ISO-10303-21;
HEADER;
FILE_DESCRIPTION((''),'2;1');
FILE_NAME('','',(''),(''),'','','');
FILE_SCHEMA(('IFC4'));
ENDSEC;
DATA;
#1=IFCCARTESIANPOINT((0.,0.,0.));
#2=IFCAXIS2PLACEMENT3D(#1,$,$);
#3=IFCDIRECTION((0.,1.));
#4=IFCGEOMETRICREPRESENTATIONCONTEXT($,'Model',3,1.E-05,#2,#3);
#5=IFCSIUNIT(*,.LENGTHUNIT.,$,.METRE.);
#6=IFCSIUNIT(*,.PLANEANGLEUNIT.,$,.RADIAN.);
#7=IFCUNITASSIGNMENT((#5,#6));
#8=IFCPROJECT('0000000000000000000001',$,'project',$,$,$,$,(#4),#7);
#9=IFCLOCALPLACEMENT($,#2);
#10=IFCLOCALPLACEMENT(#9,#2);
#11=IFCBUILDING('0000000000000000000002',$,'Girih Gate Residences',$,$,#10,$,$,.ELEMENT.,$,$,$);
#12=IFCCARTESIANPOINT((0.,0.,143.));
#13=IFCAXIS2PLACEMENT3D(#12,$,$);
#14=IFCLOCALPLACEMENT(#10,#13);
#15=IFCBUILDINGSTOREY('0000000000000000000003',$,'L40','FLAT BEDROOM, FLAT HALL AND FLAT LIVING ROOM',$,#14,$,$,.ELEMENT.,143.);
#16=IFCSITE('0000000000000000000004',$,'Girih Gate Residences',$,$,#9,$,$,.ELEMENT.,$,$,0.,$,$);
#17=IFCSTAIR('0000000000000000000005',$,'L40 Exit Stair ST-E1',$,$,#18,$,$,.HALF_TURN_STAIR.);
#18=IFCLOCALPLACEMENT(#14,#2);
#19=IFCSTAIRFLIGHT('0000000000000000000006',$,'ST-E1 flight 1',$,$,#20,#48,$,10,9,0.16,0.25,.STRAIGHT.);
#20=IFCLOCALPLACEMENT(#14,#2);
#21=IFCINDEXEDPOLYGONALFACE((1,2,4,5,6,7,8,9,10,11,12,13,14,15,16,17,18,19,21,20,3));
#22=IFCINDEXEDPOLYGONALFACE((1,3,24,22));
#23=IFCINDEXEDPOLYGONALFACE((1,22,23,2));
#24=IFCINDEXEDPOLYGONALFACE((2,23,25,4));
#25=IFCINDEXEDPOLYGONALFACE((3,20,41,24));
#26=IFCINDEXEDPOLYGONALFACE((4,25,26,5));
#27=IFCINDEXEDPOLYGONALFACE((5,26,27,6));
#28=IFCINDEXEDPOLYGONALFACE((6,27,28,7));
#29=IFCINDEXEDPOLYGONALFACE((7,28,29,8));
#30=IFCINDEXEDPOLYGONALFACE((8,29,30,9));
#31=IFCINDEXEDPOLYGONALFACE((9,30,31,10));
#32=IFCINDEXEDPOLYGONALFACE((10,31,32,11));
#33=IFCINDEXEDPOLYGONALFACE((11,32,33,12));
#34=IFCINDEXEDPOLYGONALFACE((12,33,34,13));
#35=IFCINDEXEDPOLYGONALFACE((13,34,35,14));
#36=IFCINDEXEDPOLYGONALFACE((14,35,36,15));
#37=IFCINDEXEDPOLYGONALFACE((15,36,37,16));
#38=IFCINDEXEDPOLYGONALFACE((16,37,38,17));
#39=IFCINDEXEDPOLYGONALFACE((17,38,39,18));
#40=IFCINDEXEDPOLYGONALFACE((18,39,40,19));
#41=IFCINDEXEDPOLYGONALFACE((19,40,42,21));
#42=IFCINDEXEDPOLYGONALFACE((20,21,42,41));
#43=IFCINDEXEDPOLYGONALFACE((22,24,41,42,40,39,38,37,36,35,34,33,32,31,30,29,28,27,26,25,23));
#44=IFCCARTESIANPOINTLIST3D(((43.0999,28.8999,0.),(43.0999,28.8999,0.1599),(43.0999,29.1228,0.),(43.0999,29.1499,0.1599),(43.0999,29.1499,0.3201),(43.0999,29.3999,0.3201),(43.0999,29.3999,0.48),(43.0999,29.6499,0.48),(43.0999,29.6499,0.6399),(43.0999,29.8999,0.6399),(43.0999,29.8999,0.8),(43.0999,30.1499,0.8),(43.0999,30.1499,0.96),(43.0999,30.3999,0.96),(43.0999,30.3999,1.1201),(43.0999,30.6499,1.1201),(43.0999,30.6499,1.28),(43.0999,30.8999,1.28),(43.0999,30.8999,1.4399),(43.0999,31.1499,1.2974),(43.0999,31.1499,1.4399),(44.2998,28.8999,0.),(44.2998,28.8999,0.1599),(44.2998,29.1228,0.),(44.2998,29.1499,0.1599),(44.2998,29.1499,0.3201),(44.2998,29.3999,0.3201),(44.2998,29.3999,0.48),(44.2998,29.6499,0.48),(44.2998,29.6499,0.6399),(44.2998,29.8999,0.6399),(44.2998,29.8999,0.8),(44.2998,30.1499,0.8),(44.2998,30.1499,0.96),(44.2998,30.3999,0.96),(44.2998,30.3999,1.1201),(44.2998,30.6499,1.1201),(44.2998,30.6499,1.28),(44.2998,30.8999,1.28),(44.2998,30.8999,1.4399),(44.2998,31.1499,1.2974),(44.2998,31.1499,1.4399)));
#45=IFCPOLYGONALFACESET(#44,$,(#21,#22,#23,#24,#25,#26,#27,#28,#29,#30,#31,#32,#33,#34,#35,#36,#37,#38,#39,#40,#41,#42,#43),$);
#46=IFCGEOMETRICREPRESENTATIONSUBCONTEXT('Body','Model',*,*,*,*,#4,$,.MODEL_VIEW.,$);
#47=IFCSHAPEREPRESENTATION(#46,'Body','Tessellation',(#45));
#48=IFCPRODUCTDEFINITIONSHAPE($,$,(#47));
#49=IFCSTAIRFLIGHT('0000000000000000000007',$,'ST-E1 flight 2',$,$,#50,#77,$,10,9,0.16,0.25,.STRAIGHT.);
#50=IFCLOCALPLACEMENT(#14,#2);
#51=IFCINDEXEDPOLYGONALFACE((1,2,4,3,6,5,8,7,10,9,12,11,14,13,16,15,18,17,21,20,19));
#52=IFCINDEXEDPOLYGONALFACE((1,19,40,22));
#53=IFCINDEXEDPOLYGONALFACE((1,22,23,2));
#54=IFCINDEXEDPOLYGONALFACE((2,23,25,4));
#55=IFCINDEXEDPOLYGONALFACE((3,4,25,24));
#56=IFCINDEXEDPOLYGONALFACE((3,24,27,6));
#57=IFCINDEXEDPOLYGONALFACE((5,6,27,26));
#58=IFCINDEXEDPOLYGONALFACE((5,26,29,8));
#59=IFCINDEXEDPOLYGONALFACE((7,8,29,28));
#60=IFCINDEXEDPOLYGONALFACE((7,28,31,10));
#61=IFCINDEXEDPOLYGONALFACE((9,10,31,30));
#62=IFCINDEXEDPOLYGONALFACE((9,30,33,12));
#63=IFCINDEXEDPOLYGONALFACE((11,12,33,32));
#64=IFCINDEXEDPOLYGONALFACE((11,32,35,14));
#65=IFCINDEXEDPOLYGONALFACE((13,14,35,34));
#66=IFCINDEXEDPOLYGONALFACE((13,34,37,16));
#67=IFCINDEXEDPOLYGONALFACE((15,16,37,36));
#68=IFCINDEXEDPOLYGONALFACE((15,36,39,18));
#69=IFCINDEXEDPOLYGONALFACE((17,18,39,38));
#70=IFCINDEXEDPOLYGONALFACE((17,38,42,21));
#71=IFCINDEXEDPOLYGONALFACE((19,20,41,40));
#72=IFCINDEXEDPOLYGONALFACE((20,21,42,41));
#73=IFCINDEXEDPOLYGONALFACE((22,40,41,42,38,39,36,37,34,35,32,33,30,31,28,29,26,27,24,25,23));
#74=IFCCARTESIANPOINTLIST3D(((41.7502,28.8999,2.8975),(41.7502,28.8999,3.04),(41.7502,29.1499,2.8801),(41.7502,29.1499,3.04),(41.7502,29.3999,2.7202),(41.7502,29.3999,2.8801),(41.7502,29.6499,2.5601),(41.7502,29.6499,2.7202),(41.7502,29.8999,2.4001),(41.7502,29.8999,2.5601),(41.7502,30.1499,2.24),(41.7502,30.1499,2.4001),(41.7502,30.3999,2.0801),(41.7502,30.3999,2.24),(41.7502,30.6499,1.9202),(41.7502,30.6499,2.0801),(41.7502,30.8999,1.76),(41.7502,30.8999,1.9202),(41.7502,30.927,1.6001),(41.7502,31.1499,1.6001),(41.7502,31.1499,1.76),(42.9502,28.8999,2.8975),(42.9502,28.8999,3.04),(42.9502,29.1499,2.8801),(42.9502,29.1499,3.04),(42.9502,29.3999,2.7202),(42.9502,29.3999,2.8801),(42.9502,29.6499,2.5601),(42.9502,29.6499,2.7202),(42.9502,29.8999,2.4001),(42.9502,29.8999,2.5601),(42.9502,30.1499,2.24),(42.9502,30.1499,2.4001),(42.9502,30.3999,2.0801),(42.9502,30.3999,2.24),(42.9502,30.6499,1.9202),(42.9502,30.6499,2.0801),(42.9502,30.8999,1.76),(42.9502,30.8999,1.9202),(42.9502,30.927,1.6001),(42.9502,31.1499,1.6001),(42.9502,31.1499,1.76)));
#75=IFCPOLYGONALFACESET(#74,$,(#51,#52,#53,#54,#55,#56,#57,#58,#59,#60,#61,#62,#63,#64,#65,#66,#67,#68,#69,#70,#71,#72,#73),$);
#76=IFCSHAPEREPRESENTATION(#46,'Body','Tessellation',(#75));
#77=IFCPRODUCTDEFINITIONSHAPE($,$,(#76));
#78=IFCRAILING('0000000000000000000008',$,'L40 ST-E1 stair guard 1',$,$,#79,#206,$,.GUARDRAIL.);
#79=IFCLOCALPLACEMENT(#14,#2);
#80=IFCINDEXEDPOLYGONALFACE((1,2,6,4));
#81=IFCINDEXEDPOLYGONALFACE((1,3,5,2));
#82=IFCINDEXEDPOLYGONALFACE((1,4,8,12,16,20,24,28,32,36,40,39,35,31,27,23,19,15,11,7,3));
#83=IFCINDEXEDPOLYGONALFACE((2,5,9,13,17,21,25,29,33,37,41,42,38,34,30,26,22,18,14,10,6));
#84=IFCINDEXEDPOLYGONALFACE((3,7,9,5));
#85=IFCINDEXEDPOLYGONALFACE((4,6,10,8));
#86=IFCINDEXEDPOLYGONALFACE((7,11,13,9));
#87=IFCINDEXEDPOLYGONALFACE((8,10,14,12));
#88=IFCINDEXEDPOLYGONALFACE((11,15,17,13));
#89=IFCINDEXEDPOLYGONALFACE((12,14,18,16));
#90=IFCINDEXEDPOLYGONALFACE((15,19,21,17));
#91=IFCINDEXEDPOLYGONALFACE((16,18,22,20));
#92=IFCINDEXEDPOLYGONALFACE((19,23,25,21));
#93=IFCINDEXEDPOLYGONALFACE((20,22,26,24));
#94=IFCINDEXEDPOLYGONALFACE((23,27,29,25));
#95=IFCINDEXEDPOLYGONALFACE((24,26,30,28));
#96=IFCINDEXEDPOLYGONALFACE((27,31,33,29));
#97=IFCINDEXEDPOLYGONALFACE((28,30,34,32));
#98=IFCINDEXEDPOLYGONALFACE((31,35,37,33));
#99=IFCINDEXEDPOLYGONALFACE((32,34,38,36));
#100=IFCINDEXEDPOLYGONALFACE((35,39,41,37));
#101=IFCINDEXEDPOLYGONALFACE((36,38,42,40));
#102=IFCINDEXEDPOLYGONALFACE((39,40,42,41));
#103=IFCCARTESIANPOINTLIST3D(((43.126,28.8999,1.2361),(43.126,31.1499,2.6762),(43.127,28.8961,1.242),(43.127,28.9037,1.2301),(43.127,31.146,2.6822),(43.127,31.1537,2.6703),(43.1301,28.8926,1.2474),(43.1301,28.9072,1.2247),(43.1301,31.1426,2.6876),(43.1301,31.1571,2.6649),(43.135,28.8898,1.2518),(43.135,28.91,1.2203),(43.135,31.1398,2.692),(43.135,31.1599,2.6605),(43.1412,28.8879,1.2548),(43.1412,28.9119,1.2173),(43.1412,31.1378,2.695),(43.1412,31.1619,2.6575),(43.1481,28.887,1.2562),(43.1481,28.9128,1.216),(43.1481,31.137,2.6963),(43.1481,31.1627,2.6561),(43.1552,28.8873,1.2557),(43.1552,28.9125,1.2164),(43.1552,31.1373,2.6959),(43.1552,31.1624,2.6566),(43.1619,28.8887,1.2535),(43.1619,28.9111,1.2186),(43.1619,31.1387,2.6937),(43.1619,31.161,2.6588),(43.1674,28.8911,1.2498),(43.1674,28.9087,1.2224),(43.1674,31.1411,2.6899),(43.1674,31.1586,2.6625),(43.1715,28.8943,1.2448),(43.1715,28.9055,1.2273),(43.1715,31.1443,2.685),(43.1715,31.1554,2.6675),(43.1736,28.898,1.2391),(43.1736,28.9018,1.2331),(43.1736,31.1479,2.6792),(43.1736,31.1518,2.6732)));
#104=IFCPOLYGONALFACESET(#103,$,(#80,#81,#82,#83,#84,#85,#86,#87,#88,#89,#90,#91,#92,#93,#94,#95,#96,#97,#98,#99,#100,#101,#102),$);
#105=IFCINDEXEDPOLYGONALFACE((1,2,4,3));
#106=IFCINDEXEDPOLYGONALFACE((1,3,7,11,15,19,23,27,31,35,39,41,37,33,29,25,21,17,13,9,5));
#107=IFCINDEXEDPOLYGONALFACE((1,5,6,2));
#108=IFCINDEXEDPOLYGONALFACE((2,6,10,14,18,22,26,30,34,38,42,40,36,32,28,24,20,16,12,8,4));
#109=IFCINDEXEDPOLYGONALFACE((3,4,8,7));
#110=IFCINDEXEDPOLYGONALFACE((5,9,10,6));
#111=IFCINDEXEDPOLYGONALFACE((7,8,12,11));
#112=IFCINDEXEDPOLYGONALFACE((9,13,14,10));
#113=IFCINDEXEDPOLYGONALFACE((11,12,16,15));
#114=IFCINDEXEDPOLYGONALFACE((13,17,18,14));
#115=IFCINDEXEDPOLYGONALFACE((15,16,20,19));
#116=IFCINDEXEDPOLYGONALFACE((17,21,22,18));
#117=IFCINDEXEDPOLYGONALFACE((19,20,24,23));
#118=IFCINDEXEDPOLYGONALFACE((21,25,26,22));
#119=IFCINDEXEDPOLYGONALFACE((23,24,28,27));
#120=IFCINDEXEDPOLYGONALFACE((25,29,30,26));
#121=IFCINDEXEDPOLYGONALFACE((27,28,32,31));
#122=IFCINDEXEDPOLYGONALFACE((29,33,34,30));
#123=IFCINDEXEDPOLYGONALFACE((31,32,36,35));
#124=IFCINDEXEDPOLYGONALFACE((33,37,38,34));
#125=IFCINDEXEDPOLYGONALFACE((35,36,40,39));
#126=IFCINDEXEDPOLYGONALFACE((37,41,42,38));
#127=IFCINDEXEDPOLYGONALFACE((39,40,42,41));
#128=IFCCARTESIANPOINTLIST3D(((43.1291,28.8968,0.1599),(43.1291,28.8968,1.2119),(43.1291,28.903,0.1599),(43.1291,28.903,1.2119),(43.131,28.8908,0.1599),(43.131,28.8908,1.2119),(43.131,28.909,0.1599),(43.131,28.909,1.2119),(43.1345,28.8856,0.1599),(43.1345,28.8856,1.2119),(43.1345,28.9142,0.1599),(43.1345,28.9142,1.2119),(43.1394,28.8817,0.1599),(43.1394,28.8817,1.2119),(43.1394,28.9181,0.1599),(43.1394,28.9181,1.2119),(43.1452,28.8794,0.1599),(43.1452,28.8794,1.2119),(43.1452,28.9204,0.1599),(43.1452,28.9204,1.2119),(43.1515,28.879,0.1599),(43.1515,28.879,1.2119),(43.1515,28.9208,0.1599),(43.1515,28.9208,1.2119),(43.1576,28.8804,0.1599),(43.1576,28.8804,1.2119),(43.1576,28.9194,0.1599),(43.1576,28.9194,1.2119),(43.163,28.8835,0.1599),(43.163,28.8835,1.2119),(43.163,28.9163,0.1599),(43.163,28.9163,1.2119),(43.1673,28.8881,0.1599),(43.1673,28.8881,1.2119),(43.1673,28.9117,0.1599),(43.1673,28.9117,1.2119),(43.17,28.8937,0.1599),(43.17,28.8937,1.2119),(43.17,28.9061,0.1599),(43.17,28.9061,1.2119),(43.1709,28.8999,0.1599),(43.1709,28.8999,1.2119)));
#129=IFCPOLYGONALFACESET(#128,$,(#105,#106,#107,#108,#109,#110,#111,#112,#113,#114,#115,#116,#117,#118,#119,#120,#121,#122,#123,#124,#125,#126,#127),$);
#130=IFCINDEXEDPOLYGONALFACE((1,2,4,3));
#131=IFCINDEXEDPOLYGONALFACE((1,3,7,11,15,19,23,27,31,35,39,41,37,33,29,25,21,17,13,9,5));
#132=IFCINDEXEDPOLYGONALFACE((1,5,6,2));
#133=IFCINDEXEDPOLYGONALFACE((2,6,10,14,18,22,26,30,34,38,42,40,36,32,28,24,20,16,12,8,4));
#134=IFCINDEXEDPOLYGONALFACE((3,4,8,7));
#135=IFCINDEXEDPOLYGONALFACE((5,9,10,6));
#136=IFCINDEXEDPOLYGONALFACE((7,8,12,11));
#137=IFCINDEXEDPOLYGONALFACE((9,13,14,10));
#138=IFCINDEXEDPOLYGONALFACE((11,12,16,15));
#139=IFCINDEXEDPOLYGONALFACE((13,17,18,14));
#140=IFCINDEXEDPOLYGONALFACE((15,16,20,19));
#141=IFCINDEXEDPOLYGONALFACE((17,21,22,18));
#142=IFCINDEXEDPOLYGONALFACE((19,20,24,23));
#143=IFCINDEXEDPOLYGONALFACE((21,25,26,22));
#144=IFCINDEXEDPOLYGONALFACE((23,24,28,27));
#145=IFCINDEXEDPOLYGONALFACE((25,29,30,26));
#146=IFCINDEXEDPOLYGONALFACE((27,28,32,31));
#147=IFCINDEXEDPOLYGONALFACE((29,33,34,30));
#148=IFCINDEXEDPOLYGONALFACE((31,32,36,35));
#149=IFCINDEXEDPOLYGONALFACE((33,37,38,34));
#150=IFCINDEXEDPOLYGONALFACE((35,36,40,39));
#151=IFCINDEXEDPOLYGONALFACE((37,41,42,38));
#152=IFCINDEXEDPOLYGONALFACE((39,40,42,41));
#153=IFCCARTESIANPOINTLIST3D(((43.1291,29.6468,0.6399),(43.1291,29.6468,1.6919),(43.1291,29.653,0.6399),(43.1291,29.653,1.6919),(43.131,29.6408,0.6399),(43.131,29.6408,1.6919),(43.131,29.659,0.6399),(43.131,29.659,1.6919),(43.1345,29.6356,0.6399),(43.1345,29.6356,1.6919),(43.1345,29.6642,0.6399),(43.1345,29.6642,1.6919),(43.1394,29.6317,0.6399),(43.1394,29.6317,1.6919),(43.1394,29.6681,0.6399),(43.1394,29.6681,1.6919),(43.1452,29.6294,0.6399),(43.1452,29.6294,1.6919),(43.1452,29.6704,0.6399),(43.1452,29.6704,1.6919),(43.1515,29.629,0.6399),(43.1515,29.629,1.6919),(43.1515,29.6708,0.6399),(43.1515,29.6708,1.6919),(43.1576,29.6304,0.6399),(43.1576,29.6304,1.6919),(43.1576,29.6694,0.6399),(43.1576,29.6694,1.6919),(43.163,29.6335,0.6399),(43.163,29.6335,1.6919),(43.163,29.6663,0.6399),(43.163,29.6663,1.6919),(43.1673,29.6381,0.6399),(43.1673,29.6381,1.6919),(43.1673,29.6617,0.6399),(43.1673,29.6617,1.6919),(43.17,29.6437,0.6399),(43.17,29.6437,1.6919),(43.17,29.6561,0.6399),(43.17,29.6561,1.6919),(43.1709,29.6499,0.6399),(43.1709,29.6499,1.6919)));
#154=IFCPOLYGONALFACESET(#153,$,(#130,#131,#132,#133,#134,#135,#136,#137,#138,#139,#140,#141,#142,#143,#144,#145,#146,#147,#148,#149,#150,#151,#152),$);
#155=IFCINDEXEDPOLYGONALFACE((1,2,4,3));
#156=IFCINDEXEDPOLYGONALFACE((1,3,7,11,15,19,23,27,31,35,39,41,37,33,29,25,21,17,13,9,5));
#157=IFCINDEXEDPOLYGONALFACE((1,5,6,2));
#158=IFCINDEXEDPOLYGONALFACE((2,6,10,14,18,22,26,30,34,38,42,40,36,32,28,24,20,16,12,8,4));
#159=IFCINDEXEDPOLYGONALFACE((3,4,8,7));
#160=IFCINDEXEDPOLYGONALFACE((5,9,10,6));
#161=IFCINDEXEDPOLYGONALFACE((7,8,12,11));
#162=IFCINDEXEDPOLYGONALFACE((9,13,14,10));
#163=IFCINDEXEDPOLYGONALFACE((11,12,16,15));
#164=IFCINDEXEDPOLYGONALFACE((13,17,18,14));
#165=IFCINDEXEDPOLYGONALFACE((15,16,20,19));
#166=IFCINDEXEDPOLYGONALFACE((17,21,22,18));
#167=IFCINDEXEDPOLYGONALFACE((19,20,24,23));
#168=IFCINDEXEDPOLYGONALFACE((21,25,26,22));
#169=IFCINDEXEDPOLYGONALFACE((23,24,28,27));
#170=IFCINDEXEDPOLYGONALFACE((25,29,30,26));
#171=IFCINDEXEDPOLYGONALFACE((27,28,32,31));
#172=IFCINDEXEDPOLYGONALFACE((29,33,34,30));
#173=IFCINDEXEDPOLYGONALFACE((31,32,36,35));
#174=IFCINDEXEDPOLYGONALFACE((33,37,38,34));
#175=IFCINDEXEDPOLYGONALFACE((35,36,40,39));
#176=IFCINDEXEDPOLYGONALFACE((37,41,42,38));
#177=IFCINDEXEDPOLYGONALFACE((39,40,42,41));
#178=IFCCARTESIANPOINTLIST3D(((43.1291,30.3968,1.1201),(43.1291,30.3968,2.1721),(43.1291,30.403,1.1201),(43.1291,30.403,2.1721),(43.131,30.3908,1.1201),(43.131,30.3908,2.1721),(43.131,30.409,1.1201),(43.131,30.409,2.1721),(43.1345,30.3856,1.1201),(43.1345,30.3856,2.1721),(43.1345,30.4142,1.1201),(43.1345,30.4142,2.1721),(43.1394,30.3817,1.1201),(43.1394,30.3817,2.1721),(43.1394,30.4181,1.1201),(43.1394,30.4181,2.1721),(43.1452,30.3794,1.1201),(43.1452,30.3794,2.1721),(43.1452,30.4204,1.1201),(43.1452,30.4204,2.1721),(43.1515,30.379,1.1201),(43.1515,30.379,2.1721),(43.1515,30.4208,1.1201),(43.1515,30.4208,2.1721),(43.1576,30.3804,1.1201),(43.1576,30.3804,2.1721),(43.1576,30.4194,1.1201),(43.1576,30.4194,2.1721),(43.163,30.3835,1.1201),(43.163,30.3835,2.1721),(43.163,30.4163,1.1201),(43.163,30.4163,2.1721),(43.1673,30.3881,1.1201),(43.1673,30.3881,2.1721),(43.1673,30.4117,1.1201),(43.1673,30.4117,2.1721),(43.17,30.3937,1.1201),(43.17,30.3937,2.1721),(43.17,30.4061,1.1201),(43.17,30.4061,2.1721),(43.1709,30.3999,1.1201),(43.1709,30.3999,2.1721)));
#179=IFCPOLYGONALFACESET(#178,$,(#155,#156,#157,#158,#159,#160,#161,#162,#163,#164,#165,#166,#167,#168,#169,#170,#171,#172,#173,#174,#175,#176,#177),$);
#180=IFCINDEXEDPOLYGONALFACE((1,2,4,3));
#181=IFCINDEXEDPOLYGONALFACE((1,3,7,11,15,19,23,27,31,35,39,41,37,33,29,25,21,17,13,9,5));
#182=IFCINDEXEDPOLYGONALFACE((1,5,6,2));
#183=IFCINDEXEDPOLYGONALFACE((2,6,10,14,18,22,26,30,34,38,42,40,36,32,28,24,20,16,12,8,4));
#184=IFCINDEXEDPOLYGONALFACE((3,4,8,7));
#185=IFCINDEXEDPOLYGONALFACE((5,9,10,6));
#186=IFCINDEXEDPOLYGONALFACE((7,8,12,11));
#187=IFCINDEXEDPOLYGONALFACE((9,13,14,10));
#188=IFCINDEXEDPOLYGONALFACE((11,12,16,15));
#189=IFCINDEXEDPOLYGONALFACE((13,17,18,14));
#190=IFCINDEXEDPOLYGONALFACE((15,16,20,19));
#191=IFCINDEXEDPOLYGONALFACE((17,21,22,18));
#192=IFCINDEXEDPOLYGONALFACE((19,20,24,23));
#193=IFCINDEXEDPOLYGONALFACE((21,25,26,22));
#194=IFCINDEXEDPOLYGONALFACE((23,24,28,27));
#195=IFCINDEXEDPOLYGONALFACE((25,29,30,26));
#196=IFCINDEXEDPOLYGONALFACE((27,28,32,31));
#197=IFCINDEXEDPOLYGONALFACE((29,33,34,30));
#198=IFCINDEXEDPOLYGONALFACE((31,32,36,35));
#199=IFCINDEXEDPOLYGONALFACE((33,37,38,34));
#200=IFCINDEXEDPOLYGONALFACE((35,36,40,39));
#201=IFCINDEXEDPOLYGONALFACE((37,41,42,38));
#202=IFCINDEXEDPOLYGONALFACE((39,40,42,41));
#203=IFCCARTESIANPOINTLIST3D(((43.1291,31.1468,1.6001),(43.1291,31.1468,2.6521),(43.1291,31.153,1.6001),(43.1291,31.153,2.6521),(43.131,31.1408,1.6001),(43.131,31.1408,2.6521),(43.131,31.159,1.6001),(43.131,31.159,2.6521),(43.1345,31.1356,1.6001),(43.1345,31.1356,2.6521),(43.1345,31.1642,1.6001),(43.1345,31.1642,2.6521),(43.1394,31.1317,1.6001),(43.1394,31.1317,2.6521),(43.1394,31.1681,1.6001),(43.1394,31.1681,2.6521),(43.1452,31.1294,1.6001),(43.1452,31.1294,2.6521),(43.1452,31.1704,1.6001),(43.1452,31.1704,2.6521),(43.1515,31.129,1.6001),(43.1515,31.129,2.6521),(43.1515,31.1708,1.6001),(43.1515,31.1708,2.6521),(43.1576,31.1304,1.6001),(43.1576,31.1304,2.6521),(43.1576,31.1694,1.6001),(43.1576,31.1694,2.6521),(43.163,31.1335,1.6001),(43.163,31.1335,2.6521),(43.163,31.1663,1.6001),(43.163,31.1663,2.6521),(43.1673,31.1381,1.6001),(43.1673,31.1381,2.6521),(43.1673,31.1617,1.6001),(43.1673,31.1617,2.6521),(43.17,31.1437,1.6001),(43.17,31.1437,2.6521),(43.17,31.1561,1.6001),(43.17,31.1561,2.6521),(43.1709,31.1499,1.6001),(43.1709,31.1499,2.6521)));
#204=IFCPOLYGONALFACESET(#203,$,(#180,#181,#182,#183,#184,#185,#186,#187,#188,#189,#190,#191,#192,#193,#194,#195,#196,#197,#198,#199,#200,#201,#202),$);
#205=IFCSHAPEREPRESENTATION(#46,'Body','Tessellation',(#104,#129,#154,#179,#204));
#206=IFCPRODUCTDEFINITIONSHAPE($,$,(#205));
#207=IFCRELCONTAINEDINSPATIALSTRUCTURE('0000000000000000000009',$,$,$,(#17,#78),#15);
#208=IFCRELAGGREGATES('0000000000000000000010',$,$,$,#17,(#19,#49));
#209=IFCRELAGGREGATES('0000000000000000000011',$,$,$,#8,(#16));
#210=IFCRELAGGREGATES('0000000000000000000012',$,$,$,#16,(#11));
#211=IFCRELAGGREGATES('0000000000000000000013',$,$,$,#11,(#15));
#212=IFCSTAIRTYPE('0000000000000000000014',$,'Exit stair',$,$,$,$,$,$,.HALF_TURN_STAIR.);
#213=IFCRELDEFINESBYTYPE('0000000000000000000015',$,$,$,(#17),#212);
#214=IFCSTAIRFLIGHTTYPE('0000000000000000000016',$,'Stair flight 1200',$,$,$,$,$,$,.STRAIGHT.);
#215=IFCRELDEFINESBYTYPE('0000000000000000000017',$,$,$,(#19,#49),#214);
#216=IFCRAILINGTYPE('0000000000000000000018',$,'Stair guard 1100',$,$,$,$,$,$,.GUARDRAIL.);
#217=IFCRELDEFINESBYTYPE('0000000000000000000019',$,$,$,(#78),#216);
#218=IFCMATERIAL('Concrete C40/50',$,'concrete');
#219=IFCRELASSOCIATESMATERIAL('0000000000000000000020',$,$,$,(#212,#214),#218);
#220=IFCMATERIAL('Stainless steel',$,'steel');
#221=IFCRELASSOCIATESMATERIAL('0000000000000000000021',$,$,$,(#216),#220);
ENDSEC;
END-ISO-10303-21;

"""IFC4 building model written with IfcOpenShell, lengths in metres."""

from ifc_helpers import new_model, si_unit, direction, frame, origin, origin_2d, place, context, subcontext, project, spatial, polyline, circle, outline, extrude, material, type_object, element, aggregate, save


model = new_model("IFC4")

# Units and contexts
model_context = context("Model", 3, precision=1e-05, world=origin(), true_north=direction((0.0, 1.0)))
body_context = subcontext(model_context, "Body", "Model", "MODEL_VIEW")
ifc_project = project(units=[si_unit("LENGTHUNIT", "METRE"), si_unit("PLANEANGLEUNIT", "RADIAN")], contexts=[model_context])

# Site, building, storey
site_placement = place(None, origin())
site = spatial("IfcSite", under=ifc_project, at=site_placement, Name="Girih Gate Residences", CompositionType="ELEMENT", RefElevation=0.0)
building_placement = place(site_placement, origin())
building = spatial("IfcBuilding", under=site, at=building_placement, Name="Girih Gate Residences", CompositionType="ELEMENT")
storey_placement = place(building_placement, frame((0.0, 0.0, 143.0)))
storey = spatial("IfcBuildingStorey", under=building, at=storey_placement, Name="L40", Description="FLAT BEDROOM, FLAT HALL AND FLAT LIVING ROOM", CompositionType="ELEMENT", Elevation=143.0)

# Shared definitions
ifc_material_1 = material(Name="Concrete C40/50", Category="concrete")

# Stair, stair flights
stair_type = type_object("IfcStairType", Name="Exit stair", PredefinedType="HALF_TURN_STAIR", material=ifc_material_1)
stair_placement = place(storey_placement, origin())
stair = element("IfcStair", 1, at=stair_placement, inside=storey, type_object=stair_type, Name="L40 Exit Stair ST-E1", PredefinedType="HALF_TURN_STAIR")
stair_flight_type = type_object("IfcStairFlightType", Name="Stair flight 1200", PredefinedType="STRAIGHT", material=ifc_material_1)
stair_flight_1_placement = place(storey_placement, frame((43.7, 28.8999, 0.0), z_axis=(0.0, 0.0, 1.0), x_axis=(0.0, 1.0, 0.0)))
stair_flight_1 = element("IfcStairFlight", 2, at=stair_flight_1_placement, type_object=stair_flight_type, Name="ST-E1 flight 1", NumberOfRisers=10, NumberOfTreads=9, PredefinedType="STRAIGHT", RiserHeight=0.16, TreadLength=0.25, context=body_context, shape_type="SweptSolid", body=[
    extrude(outline(polyline([(0.0, 0.0), (0.0, 0.1599), (0.25, 0.1599), (0.25, 0.3201), (0.5, 0.3201), (0.5, 0.48), (0.75, 0.48), (0.75, 0.6399), (1.0, 0.6399), (1.0, 0.8), (1.25, 0.8), (1.25, 0.96), (1.5, 0.96), (1.5, 1.1201), (1.75, 1.1201), (1.75, 1.28), (2.0, 1.28), (2.0, 1.4399), (2.25, 1.4399), (2.25, 1.6001), (2.25, 1.2974), (0.2229, 0.0), (0.0, 0.0)])), frame((0.0, 0.6001, 0.0), z_axis=(0.0, -1.0, 0.0), x_axis=(1.0, 0.0, 0.0)), (0.0, 0.0, 1.0), 1.2),
])
stair_flight_2_placement = place(storey_placement, frame((42.3501, 31.1499, 1.6001), z_axis=(0.0, 0.0, 1.0), x_axis=(0.0, -1.0, 0.0)))
stair_flight_2 = element("IfcStairFlight", 3, at=stair_flight_2_placement, type_object=stair_flight_type, Name="ST-E1 flight 2", NumberOfRisers=10, NumberOfTreads=9, PredefinedType="STRAIGHT", RiserHeight=0.16, TreadLength=0.25, context=body_context, shape_type="SweptSolid", body=[
    extrude(outline(polyline([(0.0, 0.0), (0.0, 0.1599), (0.25, 0.1599), (0.25, 0.3201), (0.5, 0.3201), (0.5, 0.48), (0.75, 0.48), (0.75, 0.6399), (1.0, 0.6399), (1.0, 0.8), (1.25, 0.8), (1.25, 0.96), (1.5, 0.96), (1.5, 1.1201), (1.75, 1.1201), (1.75, 1.28), (2.0, 1.28), (2.0, 1.4399), (2.25, 1.4399), (2.25, 1.6001), (2.25, 1.2974), (0.2229, 0.0), (0.0, 0.0)])), frame((0.0, 0.6001, 0.0), z_axis=(0.0, -1.0, 0.0), x_axis=(1.0, 0.0, 0.0)), (0.0, 0.0, 1.0), 1.2),
])
aggregate(stair, [stair_flight_1, stair_flight_2])

# Railing
ifc_material_2 = material(Name="Stainless steel", Category="steel")
railing_type_1 = type_object("IfcRailingType", Name="Stair guard 1100", PredefinedType="GUARDRAIL", material=ifc_material_2)
railing_1_placement = place(storey_placement, frame((43.1499, 28.8999, 0.1599)))
element("IfcRailing", 4, at=railing_1_placement, inside=storey, type_object=railing_type_1, Name="L40 ST-E1 stair guard 1", PredefinedType="GUARDRAIL", context=body_context, shape_type="SweptSolid", body=[
    extrude(circle(Radius=0.0239, at=origin_2d()), frame((0.0, 0.0, 1.0762), z_axis=(0.0, 0.84224, 0.539103), x_axis=(-1.0, 0.0, 0.0)), (0.0, 0.0, 1.0), 2.6714),
    extrude(circle(Radius=0.021, at=origin_2d()), origin(), (0.0, 0.0, 1.0), 1.052),
    extrude(circle(Radius=0.021, at=origin_2d()), frame((0.0, 0.75, 0.48)), (0.0, 0.0, 1.0), 1.052),
    extrude(circle(Radius=0.021, at=origin_2d()), frame((0.0, 1.5, 0.9602)), (0.0, 0.0, 1.0), 1.052),
    extrude(circle(Radius=0.021, at=origin_2d()), frame((0.0, 2.25, 1.4402)), (0.0, 0.0, 1.0), 1.052),
])

save(model, "model.ifc")
